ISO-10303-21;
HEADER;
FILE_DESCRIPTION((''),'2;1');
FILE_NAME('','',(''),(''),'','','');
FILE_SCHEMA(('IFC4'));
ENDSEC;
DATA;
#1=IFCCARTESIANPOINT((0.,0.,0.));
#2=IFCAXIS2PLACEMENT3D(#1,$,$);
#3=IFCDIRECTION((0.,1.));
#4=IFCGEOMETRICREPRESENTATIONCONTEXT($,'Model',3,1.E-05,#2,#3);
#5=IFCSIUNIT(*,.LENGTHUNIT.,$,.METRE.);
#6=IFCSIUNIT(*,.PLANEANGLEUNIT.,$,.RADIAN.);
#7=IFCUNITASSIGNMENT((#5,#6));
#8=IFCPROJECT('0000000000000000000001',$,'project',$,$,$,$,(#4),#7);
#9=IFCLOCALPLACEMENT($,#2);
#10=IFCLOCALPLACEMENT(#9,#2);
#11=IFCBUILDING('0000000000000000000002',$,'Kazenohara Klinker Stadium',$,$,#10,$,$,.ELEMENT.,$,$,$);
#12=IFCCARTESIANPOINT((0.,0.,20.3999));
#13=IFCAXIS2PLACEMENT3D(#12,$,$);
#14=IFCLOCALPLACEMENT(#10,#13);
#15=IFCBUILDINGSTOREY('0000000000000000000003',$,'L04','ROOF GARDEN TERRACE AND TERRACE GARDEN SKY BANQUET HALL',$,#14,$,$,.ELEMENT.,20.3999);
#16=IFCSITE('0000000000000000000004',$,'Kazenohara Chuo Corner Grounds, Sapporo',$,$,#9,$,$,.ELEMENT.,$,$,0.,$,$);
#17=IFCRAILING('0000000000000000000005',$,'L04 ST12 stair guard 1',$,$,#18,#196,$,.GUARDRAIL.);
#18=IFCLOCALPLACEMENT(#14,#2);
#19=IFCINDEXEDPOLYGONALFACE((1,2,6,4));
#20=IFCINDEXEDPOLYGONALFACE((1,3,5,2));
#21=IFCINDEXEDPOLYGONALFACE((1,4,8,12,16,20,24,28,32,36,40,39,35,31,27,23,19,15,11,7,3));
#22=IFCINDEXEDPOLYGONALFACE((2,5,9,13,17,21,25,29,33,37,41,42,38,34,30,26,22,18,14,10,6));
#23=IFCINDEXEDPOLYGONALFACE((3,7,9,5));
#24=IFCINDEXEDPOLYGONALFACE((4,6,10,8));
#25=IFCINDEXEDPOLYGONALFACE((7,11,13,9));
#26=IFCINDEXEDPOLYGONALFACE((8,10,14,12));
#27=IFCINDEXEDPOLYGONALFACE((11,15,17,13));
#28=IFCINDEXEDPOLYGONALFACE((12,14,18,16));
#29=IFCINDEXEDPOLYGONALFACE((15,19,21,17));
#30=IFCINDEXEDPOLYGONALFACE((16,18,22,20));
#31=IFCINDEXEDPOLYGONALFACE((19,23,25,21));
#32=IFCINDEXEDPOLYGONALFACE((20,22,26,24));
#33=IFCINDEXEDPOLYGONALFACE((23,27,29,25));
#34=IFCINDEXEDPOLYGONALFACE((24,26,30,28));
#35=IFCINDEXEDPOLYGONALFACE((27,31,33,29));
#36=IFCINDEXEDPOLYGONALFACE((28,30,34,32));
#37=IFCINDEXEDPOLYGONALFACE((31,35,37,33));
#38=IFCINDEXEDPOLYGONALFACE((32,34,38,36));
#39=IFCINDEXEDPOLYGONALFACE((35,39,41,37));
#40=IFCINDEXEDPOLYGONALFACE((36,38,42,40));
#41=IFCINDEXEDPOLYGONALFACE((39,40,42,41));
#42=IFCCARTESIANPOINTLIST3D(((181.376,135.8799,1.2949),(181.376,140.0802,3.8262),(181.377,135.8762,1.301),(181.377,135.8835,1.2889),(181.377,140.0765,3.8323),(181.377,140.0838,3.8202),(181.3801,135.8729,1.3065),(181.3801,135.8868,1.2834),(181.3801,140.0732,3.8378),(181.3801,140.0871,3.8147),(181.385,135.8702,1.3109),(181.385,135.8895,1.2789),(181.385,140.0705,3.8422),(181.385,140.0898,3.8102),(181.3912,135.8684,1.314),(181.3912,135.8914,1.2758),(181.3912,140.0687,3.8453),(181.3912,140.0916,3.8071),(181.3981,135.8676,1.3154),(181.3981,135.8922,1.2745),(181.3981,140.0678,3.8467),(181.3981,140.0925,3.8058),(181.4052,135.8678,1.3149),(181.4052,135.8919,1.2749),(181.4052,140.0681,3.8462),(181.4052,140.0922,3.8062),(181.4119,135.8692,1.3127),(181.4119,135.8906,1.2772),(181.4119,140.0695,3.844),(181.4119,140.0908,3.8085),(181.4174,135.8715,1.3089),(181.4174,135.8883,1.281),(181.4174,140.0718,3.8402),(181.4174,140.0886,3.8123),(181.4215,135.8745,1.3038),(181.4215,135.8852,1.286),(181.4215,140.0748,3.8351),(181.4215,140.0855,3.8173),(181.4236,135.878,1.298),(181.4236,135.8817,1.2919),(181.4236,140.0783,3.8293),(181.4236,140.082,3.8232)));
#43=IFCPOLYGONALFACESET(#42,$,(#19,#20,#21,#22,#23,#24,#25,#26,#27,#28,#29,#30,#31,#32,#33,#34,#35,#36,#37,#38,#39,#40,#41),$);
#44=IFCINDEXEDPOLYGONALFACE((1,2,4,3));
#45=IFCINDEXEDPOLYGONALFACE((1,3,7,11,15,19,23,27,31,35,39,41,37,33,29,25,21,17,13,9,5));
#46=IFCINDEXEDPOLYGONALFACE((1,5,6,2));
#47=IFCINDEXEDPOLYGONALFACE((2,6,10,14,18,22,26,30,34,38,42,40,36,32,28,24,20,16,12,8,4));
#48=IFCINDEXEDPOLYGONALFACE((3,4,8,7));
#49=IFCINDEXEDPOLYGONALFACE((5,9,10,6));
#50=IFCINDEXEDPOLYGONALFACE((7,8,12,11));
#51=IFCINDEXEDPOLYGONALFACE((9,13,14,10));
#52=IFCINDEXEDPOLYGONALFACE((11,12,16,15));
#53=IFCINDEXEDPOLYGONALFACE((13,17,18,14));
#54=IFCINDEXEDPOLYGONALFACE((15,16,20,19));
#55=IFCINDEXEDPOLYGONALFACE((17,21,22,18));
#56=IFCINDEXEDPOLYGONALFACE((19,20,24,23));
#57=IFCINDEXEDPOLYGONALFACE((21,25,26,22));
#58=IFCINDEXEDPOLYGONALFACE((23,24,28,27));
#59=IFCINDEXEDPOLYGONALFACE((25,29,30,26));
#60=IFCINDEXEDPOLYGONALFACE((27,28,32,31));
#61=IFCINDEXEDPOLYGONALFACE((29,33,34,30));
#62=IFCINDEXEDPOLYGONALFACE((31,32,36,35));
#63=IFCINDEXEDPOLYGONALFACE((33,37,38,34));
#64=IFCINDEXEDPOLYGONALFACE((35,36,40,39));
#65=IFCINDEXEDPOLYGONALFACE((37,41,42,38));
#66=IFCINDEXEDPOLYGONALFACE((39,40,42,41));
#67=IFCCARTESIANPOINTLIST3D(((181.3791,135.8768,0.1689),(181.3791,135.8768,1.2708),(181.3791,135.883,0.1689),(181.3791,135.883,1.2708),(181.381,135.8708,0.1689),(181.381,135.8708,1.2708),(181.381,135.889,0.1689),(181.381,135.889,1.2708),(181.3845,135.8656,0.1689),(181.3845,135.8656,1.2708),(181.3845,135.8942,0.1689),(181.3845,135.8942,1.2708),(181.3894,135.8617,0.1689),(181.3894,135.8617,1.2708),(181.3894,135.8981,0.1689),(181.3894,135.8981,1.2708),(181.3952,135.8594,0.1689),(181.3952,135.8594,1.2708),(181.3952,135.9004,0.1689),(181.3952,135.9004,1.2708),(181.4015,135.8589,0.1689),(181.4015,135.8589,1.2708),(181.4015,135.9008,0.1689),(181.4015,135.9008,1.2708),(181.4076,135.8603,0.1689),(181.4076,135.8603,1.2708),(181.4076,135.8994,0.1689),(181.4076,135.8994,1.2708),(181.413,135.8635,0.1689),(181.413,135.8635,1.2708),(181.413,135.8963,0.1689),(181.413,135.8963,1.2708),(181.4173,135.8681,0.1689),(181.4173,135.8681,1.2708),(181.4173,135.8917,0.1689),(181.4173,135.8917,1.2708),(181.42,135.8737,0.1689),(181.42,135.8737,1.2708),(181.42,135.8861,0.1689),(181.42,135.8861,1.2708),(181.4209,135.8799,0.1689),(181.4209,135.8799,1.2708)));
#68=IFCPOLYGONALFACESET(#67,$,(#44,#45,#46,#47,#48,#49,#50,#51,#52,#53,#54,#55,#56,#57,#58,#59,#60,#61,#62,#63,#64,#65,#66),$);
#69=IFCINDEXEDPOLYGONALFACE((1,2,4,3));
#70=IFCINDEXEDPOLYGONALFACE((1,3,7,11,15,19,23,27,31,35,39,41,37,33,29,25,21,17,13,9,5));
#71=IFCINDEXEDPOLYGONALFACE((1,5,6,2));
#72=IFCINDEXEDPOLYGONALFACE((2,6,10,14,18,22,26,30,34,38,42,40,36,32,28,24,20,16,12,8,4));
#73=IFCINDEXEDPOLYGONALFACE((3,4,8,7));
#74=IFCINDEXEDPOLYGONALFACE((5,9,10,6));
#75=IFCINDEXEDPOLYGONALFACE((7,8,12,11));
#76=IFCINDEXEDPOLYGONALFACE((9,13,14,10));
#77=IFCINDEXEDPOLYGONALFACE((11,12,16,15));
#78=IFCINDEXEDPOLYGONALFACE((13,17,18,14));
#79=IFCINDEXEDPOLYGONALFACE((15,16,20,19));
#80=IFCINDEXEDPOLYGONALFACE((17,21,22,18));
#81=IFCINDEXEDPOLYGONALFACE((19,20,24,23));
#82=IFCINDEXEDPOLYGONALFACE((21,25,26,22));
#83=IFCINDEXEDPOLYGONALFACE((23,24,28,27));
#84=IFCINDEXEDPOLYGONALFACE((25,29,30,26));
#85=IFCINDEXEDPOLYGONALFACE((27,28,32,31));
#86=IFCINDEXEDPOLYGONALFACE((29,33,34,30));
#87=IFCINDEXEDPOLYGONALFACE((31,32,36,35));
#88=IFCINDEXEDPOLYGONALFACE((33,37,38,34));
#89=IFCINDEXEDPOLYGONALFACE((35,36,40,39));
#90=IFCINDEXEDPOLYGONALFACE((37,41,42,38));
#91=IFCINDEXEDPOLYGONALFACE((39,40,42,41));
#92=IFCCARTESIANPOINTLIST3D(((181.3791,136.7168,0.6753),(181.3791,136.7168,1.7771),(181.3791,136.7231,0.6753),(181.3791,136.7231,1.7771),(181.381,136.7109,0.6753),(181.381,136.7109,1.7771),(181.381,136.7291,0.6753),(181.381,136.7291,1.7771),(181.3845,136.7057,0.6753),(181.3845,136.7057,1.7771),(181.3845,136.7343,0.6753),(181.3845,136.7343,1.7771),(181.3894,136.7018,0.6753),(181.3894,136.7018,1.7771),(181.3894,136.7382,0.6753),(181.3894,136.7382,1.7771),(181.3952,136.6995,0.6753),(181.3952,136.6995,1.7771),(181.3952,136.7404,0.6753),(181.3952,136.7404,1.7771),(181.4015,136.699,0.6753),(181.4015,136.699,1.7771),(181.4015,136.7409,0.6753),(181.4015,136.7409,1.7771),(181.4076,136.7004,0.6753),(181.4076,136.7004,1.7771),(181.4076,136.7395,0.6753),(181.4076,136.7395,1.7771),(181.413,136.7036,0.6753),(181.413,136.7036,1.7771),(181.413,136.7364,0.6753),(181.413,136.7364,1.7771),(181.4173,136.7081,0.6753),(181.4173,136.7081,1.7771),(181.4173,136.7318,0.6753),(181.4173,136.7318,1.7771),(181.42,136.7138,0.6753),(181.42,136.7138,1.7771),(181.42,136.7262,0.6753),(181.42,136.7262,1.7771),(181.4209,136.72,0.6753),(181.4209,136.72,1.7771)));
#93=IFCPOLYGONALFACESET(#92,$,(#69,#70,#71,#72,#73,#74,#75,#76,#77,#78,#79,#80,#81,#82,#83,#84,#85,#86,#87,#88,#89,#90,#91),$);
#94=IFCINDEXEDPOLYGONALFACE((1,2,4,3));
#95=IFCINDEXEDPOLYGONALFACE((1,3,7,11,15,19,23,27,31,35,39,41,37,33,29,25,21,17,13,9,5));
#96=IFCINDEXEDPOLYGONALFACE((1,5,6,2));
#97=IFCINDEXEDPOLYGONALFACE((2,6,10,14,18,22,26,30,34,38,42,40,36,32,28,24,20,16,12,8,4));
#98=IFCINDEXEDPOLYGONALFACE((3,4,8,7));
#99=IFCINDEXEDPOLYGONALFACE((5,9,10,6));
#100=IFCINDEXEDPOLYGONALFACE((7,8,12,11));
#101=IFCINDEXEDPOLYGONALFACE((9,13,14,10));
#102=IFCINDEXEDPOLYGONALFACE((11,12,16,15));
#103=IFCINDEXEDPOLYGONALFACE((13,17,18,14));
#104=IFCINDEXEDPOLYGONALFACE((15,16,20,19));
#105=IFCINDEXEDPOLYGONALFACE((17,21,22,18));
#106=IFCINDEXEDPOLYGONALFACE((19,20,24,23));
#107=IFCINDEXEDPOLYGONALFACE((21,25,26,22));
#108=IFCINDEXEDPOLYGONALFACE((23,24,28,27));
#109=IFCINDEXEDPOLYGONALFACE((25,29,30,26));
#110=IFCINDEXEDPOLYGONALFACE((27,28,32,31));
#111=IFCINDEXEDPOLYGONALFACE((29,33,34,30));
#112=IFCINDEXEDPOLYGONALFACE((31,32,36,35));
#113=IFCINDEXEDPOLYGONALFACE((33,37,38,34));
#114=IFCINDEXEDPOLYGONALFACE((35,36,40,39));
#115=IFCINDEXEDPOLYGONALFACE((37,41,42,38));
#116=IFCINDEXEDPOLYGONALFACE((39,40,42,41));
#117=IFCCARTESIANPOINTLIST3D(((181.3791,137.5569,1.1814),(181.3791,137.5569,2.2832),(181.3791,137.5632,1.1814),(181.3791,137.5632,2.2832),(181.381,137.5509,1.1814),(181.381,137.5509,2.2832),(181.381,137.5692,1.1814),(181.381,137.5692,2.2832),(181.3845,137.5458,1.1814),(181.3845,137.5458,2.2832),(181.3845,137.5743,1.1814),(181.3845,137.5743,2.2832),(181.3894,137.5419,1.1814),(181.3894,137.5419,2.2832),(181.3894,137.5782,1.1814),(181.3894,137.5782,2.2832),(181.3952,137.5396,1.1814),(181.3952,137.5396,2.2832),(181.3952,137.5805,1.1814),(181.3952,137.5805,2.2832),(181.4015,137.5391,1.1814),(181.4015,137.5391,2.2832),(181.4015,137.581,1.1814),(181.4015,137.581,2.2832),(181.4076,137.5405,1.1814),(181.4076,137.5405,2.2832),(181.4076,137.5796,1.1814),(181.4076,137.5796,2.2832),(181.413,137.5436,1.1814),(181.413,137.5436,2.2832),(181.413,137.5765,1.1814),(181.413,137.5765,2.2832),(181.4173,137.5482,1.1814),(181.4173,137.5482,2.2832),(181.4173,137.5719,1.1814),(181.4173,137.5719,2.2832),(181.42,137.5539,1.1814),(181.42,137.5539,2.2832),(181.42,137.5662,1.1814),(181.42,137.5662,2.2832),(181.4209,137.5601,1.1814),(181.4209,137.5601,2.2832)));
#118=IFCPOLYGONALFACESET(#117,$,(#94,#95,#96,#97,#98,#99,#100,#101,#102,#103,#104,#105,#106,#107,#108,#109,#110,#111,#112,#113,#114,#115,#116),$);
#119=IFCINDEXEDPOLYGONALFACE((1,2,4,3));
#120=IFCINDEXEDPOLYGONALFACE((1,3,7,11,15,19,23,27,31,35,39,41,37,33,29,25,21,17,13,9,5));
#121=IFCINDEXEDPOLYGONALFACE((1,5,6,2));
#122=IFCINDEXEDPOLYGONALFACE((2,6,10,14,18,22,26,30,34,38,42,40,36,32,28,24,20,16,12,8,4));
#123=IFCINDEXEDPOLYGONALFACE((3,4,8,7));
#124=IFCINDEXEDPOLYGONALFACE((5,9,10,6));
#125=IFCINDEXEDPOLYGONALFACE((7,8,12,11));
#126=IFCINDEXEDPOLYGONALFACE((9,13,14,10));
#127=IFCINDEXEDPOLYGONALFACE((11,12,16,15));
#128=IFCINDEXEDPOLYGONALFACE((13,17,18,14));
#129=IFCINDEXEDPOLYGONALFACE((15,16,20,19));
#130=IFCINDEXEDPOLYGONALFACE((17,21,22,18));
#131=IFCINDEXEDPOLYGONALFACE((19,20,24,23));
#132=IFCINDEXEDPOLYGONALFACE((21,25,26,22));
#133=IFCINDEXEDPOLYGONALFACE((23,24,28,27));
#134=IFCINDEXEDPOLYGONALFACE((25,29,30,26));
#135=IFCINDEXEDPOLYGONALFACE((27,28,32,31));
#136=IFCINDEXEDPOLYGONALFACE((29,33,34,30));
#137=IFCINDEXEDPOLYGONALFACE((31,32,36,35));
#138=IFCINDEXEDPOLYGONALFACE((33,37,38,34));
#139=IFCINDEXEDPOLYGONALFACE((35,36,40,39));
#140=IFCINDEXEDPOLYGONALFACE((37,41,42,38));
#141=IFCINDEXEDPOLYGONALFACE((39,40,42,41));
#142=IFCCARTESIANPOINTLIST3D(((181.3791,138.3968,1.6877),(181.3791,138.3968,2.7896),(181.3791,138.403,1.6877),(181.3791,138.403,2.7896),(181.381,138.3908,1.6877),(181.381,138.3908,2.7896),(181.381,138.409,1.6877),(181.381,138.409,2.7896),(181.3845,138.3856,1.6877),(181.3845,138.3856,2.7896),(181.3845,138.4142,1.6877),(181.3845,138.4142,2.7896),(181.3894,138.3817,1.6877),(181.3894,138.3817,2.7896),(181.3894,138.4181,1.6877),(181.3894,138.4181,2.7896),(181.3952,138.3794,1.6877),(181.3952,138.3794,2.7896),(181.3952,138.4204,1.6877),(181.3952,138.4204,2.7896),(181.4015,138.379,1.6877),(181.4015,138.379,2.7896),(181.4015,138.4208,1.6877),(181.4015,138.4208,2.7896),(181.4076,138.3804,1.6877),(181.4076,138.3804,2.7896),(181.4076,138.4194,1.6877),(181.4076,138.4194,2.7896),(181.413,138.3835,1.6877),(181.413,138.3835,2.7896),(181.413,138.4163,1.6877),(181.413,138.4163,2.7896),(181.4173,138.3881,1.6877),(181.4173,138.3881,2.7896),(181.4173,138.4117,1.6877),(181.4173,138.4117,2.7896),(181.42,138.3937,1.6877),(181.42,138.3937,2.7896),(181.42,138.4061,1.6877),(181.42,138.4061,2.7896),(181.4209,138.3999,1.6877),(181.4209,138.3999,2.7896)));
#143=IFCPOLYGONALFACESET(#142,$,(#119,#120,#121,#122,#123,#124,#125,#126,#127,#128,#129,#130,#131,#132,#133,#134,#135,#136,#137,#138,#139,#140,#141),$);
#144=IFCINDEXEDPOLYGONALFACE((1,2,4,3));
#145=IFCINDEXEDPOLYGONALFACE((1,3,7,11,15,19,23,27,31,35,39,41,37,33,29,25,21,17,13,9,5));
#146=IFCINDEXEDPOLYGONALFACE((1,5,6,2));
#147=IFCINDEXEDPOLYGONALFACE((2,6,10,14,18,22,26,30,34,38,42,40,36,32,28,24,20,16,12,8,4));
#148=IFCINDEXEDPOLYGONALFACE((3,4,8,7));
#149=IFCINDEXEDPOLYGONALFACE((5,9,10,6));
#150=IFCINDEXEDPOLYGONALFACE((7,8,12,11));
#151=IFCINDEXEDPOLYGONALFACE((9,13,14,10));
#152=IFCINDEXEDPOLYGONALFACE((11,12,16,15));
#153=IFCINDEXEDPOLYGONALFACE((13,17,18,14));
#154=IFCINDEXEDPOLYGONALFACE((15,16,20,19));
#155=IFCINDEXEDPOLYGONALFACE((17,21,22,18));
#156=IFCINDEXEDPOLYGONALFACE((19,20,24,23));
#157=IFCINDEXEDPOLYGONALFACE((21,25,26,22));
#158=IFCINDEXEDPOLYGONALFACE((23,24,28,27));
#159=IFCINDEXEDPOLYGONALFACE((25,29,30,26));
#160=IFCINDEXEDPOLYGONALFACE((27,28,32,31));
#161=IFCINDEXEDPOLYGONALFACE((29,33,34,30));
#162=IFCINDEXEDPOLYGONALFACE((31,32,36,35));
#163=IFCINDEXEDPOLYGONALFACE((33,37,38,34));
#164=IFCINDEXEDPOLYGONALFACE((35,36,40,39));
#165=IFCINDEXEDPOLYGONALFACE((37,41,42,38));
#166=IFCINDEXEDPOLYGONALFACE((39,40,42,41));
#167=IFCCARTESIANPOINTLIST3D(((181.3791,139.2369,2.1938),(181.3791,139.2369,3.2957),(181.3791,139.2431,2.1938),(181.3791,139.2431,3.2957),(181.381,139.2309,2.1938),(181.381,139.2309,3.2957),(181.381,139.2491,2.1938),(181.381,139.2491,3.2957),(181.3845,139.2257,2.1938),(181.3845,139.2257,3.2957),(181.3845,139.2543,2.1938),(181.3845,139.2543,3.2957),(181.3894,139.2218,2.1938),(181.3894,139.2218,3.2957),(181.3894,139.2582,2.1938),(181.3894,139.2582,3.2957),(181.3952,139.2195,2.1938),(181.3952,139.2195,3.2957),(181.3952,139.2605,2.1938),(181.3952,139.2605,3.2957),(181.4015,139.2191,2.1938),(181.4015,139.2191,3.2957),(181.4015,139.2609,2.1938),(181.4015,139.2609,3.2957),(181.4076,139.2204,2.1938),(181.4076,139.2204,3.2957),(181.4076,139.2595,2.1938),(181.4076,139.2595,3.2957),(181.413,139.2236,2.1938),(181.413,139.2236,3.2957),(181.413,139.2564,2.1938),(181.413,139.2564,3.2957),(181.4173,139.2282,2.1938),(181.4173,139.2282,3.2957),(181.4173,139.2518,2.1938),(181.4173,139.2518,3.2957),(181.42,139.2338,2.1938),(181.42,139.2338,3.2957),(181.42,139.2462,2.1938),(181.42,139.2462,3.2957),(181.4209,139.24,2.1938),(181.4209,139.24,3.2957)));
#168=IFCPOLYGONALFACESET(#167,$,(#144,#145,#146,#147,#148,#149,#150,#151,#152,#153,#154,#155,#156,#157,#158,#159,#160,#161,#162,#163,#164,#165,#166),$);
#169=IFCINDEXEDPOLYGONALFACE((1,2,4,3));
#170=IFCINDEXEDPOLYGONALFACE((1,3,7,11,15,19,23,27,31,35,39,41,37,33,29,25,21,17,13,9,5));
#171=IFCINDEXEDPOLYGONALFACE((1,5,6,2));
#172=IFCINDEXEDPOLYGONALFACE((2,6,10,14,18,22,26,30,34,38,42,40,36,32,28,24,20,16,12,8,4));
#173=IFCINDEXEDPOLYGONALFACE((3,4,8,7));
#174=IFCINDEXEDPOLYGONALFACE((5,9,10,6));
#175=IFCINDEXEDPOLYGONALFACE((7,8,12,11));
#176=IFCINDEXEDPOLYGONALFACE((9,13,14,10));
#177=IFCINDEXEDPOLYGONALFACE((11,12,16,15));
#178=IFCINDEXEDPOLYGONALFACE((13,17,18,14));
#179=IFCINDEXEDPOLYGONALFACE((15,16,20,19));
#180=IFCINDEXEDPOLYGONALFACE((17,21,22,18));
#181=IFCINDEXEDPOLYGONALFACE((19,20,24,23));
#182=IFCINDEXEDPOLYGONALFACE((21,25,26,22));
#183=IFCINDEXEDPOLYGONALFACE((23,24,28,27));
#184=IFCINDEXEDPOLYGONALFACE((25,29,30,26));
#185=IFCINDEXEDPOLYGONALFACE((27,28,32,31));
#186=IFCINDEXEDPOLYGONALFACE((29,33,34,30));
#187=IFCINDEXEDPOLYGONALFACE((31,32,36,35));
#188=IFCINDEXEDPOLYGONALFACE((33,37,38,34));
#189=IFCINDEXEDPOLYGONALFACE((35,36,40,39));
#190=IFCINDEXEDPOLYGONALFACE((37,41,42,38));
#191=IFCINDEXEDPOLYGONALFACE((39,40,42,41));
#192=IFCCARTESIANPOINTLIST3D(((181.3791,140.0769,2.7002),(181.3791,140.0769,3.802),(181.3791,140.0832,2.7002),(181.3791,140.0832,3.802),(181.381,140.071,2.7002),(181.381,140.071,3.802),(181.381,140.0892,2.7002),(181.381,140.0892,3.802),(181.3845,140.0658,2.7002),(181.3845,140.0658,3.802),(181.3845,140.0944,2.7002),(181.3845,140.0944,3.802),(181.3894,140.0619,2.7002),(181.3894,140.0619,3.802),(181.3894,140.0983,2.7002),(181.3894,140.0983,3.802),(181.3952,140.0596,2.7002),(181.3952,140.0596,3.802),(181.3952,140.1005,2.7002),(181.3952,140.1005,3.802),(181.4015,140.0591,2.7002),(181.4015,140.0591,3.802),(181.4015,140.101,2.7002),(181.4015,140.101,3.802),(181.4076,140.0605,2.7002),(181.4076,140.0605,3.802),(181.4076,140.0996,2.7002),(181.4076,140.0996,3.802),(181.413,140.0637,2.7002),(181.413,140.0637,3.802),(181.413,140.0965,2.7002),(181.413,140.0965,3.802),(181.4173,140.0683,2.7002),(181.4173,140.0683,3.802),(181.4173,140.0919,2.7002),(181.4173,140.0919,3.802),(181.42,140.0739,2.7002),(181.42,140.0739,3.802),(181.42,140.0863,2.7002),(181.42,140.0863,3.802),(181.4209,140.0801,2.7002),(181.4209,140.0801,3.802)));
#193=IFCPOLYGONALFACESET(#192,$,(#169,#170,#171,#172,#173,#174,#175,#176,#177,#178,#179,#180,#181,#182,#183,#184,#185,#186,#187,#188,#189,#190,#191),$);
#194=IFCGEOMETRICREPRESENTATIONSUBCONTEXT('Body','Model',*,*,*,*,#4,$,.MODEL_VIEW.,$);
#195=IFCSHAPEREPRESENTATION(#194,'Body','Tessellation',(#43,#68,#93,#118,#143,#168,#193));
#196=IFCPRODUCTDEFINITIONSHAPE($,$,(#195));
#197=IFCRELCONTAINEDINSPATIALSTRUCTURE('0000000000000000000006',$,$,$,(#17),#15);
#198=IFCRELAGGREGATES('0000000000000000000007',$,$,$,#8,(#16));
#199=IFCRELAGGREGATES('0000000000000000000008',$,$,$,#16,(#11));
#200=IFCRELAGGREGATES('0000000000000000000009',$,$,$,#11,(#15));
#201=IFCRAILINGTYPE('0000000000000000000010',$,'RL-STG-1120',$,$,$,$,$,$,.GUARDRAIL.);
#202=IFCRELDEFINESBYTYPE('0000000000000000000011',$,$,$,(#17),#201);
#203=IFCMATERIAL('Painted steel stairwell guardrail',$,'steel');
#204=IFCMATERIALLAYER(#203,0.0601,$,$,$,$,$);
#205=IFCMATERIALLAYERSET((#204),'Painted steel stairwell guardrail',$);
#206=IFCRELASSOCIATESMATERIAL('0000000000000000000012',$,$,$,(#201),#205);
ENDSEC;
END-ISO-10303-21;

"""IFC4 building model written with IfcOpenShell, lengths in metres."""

from ifc_helpers import new_model, si_unit, direction, frame, origin, origin_2d, place, context, subcontext, project, spatial, circle, extrude, material, layer, layer_set, type_object, element, save


model = new_model("IFC4")

# Units and contexts
model_context = context("Model", 3, precision=1e-05, world=origin(), true_north=direction((0.0, 1.0)))
body_context = subcontext(model_context, "Body", "Model", "MODEL_VIEW")
ifc_project = project(units=[si_unit("LENGTHUNIT", "METRE"), si_unit("PLANEANGLEUNIT", "RADIAN")], contexts=[model_context])

# Site, building, storey
site_placement = place(None, origin())
site = spatial("IfcSite", under=ifc_project, at=site_placement, Name="Kazenohara Chuo Corner Grounds, Sapporo", CompositionType="ELEMENT", RefElevation=0.0)
building_placement = place(site_placement, origin())
building = spatial("IfcBuilding", under=site, at=building_placement, Name="Kazenohara Klinker Stadium", CompositionType="ELEMENT")
storey_placement = place(building_placement, frame((0.0, 0.0, 20.3999)))
storey = spatial("IfcBuildingStorey", under=building, at=storey_placement, Name="L04", Description="ROOF GARDEN TERRACE AND TERRACE GARDEN SKY BANQUET HALL", CompositionType="ELEMENT", Elevation=20.3999)

# Railing
ifc_material_1 = material(Name="Painted steel stairwell guardrail", Category="steel")
ifc_layer_1 = layer(ifc_material_1, 0.0601)
ifc_layer_set_1 = layer_set([ifc_layer_1], Name="Painted steel stairwell guardrail")
railing_type_1 = type_object("IfcRailingType", Name="RL-STG-1120", PredefinedType="GUARDRAIL", material=ifc_layer_set_1)
railing_1_placement = place(storey_placement, frame((181.3999, 135.8799, 0.1689)))
element("IfcRailing", 1, at=railing_1_placement, inside=storey, type_object=railing_type_1, Name="L04 ST12 stair guard 1", PredefinedType="GUARDRAIL", context=body_context, shape_type="SweptSolid", body=[
    extrude(circle(Radius=0.0239, at=origin_2d()), frame((0.0, 0.0, 1.126), z_axis=(0.0, 0.85649, 0.516164), x_axis=(-1.0, 0.0, 0.0)), (0.0, 0.0, 1.0), 4.9041),
    extrude(circle(Radius=0.021, at=origin_2d()), origin(), (0.0, 0.0, 1.0), 1.1018),
    extrude(circle(Radius=0.021, at=origin_2d()), frame((0.0, 0.8401, 0.5063)), (0.0, 0.0, 1.0), 1.1018),
    extrude(circle(Radius=0.021, at=origin_2d()), frame((0.0, 1.6802, 1.0125)), (0.0, 0.0, 1.0), 1.1018),
    extrude(circle(Radius=0.021, at=origin_2d()), frame((0.0, 2.52, 1.5188)), (0.0, 0.0, 1.0), 1.1018),
    extrude(circle(Radius=0.021, at=origin_2d()), frame((0.0, 3.3601, 2.0249)), (0.0, 0.0, 1.0), 1.1018),
    extrude(circle(Radius=0.021, at=origin_2d()), frame((0.0, 4.2002, 2.5312)), (0.0, 0.0, 1.0), 1.1018),
])

save(model, "model.ifc")
